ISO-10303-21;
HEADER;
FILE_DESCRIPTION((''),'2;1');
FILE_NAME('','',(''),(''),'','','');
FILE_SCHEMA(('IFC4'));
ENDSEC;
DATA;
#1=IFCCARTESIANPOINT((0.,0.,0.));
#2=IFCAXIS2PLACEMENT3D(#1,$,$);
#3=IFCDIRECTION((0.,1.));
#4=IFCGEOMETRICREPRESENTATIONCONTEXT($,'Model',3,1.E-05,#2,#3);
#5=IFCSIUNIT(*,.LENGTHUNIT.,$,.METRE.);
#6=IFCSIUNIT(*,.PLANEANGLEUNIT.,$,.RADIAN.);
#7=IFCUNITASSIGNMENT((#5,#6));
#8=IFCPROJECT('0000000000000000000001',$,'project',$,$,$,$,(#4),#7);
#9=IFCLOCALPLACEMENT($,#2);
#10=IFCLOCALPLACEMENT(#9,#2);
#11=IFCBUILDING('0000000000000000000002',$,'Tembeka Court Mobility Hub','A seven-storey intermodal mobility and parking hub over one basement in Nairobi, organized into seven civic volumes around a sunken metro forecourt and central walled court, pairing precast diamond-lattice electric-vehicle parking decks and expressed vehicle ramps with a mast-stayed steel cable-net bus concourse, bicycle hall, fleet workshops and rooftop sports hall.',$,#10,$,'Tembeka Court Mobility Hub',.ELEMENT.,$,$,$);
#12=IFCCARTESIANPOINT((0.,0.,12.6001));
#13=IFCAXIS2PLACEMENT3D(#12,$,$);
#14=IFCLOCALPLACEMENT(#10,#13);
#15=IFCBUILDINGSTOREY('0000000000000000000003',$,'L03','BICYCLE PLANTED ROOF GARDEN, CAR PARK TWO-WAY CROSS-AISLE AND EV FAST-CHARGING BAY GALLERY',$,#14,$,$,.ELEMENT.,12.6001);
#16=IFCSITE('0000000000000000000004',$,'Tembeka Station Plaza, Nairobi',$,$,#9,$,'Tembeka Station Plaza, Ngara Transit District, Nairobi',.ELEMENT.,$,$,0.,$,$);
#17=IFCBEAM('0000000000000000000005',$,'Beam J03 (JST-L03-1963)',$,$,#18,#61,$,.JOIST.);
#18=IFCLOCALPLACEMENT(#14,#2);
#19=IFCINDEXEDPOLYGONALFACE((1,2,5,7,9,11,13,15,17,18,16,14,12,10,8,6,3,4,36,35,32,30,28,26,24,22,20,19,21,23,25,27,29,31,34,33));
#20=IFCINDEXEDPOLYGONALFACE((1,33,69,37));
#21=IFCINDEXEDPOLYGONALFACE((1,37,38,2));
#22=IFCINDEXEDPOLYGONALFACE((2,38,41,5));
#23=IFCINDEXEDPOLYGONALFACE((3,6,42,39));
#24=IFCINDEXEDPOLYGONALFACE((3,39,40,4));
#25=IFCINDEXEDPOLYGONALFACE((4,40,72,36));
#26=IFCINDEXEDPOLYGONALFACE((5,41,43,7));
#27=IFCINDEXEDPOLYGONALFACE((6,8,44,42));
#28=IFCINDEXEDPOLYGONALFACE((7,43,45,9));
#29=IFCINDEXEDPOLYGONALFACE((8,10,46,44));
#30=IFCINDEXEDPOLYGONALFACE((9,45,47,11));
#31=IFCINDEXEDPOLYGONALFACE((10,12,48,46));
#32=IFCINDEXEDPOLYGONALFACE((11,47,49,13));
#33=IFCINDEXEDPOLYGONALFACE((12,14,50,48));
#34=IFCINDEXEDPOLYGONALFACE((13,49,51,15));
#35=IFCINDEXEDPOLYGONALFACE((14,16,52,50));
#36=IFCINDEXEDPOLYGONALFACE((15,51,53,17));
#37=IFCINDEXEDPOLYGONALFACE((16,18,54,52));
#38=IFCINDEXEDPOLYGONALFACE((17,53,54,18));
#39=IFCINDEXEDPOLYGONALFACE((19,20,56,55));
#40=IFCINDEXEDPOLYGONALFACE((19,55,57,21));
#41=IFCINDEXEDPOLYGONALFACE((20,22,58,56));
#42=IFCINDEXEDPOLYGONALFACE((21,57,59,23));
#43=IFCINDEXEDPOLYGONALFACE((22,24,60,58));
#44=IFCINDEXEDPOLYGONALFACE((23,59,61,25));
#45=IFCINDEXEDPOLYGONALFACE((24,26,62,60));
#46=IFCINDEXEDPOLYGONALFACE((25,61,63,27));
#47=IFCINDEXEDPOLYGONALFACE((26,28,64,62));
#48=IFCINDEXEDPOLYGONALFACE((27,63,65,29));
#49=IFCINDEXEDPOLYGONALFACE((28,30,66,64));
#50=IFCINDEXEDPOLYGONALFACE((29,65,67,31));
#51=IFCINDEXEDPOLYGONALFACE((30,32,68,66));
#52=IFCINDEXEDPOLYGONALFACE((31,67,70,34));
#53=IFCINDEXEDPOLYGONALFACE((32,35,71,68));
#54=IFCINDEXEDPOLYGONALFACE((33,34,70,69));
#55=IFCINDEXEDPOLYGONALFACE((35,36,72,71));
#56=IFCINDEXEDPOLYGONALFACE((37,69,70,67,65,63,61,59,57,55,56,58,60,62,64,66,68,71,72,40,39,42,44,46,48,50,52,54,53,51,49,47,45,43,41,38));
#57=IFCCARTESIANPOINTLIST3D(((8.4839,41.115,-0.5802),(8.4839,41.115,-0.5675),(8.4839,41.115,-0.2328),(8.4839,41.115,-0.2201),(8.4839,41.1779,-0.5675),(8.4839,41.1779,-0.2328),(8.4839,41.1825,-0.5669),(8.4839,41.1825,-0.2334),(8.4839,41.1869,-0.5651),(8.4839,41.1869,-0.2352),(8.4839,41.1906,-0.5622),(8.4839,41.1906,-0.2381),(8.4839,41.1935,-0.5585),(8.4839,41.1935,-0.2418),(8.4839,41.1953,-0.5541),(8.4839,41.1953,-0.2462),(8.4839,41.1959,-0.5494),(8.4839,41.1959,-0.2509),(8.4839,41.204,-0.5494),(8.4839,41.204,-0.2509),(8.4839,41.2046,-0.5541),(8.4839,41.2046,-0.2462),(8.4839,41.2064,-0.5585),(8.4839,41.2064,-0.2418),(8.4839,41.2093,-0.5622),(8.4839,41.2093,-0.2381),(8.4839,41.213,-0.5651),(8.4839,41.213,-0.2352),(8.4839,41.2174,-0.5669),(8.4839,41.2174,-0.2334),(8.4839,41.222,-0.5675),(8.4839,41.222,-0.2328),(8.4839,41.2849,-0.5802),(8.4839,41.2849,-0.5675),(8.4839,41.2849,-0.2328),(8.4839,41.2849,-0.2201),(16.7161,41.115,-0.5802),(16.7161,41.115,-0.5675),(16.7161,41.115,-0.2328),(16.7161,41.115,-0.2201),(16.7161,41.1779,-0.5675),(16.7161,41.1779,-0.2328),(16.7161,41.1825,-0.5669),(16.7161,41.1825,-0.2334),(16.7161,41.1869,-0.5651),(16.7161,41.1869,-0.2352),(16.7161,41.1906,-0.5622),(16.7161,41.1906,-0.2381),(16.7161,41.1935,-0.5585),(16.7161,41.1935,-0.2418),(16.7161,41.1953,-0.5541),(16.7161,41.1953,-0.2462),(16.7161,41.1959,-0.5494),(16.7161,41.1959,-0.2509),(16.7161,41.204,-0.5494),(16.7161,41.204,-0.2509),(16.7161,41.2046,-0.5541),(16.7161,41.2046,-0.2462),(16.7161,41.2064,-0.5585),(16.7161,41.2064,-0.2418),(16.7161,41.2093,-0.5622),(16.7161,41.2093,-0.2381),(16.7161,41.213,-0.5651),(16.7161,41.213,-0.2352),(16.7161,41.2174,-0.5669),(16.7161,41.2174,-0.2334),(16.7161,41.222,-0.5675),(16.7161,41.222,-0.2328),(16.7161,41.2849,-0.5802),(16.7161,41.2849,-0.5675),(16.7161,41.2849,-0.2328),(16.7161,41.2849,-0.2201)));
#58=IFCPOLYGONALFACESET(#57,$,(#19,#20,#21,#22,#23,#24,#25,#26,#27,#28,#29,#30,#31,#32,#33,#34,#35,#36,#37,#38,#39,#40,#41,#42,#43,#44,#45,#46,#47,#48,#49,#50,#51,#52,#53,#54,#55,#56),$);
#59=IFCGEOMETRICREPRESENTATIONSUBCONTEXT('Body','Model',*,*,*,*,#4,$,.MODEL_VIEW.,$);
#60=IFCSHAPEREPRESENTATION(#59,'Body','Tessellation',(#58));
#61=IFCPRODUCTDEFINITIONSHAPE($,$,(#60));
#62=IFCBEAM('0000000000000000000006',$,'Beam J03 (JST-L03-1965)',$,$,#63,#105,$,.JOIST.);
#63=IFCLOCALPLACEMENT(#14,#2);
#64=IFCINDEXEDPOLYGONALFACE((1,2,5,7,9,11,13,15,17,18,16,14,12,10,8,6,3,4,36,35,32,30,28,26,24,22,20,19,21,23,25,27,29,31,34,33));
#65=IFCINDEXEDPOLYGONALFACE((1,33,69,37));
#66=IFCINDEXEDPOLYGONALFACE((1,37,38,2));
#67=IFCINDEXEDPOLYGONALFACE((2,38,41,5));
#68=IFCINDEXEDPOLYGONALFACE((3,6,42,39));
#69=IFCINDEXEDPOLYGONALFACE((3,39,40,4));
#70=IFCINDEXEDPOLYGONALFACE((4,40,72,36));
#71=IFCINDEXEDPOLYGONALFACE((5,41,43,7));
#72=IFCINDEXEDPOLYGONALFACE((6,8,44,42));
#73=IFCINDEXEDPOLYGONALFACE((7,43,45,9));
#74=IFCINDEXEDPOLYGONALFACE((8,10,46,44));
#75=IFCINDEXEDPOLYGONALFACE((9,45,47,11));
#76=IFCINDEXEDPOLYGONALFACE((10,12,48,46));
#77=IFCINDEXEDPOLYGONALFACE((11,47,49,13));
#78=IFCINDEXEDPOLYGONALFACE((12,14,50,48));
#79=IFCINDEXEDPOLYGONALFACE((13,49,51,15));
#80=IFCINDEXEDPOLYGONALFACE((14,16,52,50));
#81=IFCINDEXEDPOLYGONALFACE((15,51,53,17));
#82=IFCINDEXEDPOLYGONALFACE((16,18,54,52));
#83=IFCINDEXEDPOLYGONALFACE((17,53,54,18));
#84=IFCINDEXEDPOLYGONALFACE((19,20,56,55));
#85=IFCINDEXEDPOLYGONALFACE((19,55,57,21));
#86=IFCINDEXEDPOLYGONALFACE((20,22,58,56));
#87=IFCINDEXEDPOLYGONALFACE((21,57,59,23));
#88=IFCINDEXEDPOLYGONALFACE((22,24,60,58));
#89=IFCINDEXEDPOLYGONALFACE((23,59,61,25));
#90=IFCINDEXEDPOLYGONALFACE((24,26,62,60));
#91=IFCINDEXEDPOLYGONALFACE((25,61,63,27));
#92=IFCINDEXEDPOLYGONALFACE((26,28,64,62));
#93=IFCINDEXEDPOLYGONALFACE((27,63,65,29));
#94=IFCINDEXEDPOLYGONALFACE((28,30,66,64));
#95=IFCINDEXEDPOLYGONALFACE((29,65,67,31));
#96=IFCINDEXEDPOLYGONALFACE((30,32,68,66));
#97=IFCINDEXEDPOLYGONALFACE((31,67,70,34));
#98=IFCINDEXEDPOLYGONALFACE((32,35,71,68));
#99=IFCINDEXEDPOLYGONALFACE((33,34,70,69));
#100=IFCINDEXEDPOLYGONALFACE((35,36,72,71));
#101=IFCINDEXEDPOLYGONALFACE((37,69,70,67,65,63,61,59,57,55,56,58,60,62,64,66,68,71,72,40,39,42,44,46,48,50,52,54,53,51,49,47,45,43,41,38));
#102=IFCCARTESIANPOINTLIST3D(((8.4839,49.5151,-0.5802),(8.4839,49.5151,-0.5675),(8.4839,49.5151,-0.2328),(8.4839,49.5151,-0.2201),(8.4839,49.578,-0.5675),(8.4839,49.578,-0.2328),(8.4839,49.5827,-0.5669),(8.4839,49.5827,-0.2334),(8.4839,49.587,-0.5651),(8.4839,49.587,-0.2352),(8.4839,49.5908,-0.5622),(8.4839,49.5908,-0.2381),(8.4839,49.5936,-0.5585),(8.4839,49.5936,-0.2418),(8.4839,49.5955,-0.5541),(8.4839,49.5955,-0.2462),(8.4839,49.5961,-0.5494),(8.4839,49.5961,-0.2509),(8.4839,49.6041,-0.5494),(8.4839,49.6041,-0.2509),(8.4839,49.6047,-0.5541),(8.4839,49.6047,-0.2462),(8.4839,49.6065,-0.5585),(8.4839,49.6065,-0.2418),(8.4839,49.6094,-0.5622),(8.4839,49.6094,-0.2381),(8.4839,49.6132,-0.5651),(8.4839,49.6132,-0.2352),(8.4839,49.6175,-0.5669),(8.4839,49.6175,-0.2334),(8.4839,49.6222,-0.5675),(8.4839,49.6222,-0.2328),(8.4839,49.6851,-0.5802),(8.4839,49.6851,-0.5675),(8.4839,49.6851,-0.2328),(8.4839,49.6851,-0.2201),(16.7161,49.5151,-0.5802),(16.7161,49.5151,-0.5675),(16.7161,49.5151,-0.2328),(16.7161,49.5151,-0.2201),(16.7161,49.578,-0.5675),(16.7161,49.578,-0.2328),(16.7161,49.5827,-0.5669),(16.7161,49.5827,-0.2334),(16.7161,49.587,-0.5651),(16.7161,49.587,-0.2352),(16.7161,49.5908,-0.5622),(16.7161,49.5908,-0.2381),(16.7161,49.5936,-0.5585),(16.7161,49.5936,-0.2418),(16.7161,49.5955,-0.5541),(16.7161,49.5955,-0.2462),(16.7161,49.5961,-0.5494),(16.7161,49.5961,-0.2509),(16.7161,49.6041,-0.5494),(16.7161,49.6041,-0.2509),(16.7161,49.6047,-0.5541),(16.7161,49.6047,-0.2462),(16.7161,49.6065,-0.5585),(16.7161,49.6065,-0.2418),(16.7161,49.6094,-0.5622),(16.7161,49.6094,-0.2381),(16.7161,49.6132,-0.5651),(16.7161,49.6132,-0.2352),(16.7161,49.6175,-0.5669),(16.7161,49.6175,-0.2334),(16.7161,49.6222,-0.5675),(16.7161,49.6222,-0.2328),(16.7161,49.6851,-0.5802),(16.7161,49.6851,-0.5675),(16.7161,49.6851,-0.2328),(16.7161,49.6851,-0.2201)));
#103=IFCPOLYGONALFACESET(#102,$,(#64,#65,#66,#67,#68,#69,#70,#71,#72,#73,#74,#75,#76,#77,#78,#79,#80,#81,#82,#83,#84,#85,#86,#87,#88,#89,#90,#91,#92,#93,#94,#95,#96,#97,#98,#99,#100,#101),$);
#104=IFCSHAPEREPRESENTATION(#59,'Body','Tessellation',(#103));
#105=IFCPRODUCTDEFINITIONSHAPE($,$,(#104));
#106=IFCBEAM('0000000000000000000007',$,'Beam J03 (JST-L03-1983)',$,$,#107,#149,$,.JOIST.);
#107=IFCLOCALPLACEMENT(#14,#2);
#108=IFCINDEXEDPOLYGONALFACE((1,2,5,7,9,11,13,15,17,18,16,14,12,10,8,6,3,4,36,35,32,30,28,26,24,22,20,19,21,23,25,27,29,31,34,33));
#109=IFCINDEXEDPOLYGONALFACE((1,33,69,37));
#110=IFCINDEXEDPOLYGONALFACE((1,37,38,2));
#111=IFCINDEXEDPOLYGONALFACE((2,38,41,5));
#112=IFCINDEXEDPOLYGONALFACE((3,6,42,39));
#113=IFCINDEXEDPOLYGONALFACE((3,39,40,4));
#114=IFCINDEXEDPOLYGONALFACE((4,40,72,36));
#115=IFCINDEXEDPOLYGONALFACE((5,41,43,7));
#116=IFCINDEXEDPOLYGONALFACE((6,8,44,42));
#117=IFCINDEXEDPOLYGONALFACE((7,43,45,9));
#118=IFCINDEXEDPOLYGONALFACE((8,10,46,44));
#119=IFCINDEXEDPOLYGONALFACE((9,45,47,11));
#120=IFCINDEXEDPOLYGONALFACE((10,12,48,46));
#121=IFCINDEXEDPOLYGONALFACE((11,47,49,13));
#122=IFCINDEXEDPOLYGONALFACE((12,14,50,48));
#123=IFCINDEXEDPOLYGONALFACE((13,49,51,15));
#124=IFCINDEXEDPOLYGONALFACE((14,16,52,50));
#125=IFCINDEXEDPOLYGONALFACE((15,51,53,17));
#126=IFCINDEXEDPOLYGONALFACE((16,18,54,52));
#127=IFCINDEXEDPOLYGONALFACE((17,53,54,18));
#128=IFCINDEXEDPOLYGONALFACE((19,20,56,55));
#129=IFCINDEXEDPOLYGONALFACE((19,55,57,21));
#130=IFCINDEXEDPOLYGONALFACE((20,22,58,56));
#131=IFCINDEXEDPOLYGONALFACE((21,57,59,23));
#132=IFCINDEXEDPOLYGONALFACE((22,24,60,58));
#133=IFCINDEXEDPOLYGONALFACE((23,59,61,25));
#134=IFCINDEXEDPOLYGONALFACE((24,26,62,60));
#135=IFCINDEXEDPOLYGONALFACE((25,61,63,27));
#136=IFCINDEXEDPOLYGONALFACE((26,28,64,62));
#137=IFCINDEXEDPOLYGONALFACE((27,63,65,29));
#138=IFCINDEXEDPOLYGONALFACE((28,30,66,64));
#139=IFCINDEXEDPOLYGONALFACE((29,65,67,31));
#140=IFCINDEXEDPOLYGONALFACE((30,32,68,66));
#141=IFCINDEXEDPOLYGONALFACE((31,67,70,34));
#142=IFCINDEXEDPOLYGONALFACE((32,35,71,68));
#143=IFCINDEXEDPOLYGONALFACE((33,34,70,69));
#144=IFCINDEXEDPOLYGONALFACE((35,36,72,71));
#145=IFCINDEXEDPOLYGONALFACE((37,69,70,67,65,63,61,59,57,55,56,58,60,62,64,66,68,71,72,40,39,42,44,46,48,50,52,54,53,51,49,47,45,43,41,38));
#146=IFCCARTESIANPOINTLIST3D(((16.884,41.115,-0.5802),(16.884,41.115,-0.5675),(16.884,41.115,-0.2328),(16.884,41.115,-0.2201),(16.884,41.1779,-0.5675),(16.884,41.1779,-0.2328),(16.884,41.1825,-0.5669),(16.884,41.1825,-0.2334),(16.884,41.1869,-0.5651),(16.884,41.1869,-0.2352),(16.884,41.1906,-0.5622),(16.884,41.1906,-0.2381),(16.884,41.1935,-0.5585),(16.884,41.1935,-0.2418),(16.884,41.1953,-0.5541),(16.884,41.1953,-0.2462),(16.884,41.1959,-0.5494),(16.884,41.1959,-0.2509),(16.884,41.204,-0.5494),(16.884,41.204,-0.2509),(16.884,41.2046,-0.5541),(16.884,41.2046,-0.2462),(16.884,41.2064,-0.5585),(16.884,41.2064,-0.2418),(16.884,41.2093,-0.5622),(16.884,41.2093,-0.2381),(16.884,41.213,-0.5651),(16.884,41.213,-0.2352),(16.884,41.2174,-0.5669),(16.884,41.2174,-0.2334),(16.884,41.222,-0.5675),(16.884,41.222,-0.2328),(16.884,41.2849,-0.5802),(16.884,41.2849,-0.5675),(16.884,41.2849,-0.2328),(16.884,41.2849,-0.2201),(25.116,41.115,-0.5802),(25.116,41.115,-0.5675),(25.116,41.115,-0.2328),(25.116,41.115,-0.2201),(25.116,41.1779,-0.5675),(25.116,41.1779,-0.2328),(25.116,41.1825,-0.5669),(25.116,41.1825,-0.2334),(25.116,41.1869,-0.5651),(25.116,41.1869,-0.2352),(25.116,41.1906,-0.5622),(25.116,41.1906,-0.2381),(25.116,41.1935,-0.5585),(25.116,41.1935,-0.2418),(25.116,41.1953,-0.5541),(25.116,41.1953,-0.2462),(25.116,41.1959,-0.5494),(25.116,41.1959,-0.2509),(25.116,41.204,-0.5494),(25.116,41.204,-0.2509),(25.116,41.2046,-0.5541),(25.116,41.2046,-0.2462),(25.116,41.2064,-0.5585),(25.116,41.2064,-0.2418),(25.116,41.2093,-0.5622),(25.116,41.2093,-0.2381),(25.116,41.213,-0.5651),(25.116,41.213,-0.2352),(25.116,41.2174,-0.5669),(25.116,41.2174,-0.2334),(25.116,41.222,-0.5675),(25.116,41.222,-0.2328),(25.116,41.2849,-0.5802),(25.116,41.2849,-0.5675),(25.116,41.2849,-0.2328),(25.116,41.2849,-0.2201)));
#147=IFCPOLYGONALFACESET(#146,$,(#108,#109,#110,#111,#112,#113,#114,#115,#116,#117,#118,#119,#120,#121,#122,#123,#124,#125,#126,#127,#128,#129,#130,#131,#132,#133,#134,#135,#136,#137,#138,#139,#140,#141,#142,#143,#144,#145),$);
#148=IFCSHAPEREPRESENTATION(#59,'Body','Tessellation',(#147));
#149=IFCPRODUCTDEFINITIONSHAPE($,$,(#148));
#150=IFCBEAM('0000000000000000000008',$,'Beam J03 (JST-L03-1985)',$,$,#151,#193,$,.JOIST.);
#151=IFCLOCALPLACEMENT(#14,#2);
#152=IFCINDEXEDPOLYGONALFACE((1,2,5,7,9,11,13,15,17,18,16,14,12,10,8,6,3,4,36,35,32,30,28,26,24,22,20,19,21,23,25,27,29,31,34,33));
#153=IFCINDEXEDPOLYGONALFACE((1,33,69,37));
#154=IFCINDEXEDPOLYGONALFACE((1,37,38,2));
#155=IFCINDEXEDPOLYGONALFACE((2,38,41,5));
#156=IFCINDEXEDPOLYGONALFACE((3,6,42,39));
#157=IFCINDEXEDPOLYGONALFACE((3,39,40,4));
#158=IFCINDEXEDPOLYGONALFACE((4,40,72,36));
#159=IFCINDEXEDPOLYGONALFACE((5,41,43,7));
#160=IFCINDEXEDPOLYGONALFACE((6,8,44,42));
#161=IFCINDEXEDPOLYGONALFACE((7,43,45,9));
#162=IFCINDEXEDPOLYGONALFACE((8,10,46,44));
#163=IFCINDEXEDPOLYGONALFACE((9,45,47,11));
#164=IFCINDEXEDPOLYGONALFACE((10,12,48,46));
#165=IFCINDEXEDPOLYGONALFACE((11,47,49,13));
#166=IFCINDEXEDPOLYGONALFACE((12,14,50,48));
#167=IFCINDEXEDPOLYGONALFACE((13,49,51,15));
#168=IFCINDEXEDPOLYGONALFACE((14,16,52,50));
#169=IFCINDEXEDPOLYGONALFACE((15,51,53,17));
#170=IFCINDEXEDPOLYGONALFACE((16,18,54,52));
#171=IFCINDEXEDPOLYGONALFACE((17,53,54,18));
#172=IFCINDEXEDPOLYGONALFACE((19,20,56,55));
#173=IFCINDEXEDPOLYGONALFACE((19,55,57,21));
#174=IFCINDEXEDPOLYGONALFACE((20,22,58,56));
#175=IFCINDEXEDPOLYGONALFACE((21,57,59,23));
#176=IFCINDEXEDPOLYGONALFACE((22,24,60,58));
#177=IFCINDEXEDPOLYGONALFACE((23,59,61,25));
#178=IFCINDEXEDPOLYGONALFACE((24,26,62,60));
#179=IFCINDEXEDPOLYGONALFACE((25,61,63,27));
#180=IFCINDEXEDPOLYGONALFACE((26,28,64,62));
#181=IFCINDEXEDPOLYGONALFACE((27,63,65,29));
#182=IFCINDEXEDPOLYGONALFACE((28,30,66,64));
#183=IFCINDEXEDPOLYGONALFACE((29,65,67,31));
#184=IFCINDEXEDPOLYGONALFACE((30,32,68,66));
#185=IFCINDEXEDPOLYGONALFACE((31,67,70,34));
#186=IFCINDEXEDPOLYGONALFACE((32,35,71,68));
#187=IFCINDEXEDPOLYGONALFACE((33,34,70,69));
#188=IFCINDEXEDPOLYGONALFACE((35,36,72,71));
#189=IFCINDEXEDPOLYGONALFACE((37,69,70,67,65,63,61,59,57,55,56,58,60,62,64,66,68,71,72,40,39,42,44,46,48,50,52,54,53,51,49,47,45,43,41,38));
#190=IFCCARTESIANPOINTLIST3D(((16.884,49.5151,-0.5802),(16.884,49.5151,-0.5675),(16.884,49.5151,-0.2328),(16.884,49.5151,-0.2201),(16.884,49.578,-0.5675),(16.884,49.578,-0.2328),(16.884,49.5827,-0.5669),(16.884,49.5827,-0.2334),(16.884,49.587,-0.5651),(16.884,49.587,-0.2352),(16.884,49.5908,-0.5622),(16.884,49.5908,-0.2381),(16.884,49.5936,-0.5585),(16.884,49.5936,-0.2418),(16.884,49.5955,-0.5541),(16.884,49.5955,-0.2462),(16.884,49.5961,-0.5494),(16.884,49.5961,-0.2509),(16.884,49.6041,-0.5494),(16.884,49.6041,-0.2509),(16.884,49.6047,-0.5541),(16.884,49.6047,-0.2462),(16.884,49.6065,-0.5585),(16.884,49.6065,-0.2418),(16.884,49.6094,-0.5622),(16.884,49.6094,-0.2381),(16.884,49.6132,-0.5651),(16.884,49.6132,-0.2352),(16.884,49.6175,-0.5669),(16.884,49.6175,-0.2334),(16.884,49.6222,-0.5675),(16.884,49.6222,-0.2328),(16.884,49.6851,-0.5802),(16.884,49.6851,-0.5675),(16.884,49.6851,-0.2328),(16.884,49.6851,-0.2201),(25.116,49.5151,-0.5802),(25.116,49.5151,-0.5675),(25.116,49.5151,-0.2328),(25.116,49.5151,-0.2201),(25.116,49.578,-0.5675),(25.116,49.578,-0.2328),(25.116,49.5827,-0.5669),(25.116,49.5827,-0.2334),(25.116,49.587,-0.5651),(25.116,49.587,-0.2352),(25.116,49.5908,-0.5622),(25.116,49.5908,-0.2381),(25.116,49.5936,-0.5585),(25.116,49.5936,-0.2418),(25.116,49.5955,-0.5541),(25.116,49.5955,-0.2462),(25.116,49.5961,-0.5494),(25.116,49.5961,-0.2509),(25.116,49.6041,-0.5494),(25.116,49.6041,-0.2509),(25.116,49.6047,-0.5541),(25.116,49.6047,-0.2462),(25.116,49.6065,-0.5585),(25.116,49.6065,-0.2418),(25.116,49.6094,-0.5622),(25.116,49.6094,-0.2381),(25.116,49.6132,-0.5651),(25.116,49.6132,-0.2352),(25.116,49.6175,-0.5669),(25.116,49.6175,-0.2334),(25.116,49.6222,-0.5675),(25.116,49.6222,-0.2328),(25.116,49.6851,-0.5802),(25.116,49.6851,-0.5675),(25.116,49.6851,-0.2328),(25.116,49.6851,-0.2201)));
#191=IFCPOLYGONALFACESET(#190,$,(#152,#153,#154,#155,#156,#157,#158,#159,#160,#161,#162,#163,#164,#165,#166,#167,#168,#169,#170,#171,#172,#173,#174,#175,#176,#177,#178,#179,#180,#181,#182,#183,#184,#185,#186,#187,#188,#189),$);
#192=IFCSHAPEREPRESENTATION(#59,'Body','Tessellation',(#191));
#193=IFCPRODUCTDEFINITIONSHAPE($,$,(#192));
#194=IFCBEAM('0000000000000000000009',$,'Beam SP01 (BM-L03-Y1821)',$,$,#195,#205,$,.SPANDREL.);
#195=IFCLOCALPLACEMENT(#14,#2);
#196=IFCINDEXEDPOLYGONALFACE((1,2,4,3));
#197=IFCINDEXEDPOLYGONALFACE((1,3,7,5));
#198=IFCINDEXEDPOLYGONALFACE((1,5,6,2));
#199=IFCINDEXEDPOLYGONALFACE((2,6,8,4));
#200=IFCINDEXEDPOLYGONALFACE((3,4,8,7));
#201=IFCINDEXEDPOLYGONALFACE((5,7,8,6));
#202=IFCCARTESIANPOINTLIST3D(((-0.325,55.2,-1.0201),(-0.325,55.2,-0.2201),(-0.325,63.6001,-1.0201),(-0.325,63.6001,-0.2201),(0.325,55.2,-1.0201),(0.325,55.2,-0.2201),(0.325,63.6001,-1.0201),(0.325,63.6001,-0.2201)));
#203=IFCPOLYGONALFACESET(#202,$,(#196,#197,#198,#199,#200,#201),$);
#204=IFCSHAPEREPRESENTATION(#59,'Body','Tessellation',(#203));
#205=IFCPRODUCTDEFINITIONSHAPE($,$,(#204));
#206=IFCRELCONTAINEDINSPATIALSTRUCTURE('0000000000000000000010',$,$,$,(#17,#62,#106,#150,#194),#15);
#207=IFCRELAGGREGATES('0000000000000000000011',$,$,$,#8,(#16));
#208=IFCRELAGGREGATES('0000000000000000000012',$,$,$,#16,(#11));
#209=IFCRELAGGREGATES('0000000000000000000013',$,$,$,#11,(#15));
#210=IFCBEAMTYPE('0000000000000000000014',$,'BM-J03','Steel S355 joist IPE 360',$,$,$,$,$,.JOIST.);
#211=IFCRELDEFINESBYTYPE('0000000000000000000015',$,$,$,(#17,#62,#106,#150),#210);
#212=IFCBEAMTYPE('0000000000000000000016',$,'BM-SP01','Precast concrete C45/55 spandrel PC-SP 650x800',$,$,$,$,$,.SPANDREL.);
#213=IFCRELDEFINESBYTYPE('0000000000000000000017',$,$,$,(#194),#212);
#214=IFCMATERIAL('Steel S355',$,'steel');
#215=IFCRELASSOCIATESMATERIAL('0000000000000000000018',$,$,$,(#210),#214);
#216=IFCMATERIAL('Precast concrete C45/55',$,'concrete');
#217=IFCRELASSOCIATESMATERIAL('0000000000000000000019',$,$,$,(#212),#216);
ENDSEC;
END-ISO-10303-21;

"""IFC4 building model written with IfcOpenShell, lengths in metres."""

from ifc_helpers import new_model, si_unit, direction, frame, origin, origin_2d, place, context, subcontext, project, spatial, rectangle, i_section, extrude, material, material_profile, profile_set, type_object, element, save


model = new_model("IFC4")

# Units and contexts
model_context = context("Model", 3, precision=1e-05, world=origin(), true_north=direction((0.0, 1.0)))
body_context = subcontext(model_context, "Body", "Model", "MODEL_VIEW")
ifc_project = project(units=[si_unit("LENGTHUNIT", "METRE"), si_unit("PLANEANGLEUNIT", "RADIAN")], contexts=[model_context])

# Site, building, storey
site_placement = place(None, origin())
site = spatial("IfcSite", under=ifc_project, at=site_placement, Name="Tembeka Station Plaza, Nairobi", LongName="Tembeka Station Plaza, Ngara Transit District, Nairobi", CompositionType="ELEMENT", RefElevation=0.0)
building_placement = place(site_placement, origin())
building = spatial("IfcBuilding", under=site, at=building_placement, Name="Tembeka Court Mobility Hub", Description="A seven-storey intermodal mobility and parking hub over one basement in Nairobi, organized into seven civic volumes around a sunken metro forecourt and central walled court, pairing precast diamond-lattice electric-vehicle parking decks and expressed vehicle ramps with a mast-stayed steel cable-net bus concourse, bicycle hall, fleet workshops and rooftop sports hall.", LongName="Tembeka Court Mobility Hub", CompositionType="ELEMENT")
storey_placement = place(building_placement, frame((0.0, 0.0, 12.6001)))
storey = spatial("IfcBuildingStorey", under=building, at=storey_placement, Name="L03", Description="BICYCLE PLANTED ROOF GARDEN, CAR PARK TWO-WAY CROSS-AISLE AND EV FAST-CHARGING BAY GALLERY", CompositionType="ELEMENT", Elevation=12.6001)

# Shared definitions
ifc_material_1 = material(Name="Steel S355", Category="steel")

# Beams
ifc_material_profile_1 = material_profile(ifc_material_1, i_section(OverallWidth=0.1699, OverallDepth=0.3601, WebThickness=0.0081, FlangeThickness=0.0127, FilletRadius=0.0181, at=origin_2d()), Name="IPE 360")
ifc_profile_set_1 = profile_set([ifc_material_profile_1], Name="Steel S355")
beam_type_1 = type_object("IfcBeamType", Name="BM-J03", Description="Steel S355 joist IPE 360", PredefinedType="JOIST", material=ifc_profile_set_1)
for number, where, z_axis, x_axis, name in (
    (1, (8.4839, 41.2, -0.4001), (1.0, 0.0, 0.0), (0.0, 1.0, 0.0), "Beam J03 (JST-L03-1963)"),
    (2, (8.4839, 49.6001, -0.4001), (1.0, 0.0, 0.0), (0.0, 1.0, 0.0), "Beam J03 (JST-L03-1965)"),
):
    element("IfcBeam", number, at=place(storey_placement, frame(where, z_axis=z_axis, x_axis=x_axis)), inside=storey, type_object=beam_type_1, Name=name, PredefinedType="JOIST", context=body_context, shape_type="SweptSolid", body=[
        extrude(i_section(OverallWidth=0.1699, OverallDepth=0.3601, WebThickness=0.0081, FlangeThickness=0.0127, FilletRadius=0.0181, at=origin_2d()), origin(), (0.0, 0.0, 1.0), 8.2322),
    ])
for number, where, z_axis, x_axis, name in (
    (3, (16.884, 41.2, -0.4001), (1.0, 0.0, 0.0), (0.0, 1.0, 0.0), "Beam J03 (JST-L03-1983)"),
    (4, (16.884, 49.6001, -0.4001), (1.0, 0.0, 0.0), (0.0, 1.0, 0.0), "Beam J03 (JST-L03-1985)"),
):
    element("IfcBeam", number, at=place(storey_placement, frame(where, z_axis=z_axis, x_axis=x_axis)), inside=storey, type_object=beam_type_1, Name=name, PredefinedType="JOIST", context=body_context, shape_type="SweptSolid", body=[
        extrude(i_section(OverallWidth=0.1699, OverallDepth=0.3601, WebThickness=0.0081, FlangeThickness=0.0127, FilletRadius=0.0181, at=origin_2d()), origin(), (0.0, 0.0, 1.0), 8.2319),
    ])
ifc_material_2 = material(Name="Precast concrete C45/55", Category="concrete")
ifc_material_profile_2 = material_profile(ifc_material_2, rectangle(XDim=0.6499, YDim=0.8, at=origin_2d()), Name="PC-SP 650x800")
ifc_profile_set_2 = profile_set([ifc_material_profile_2], Name="Precast concrete C45/55")
beam_type_2 = type_object("IfcBeamType", Name="BM-SP01", Description="Precast concrete C45/55 spandrel PC-SP 650x800", PredefinedType="SPANDREL", material=ifc_profile_set_2)
beam_1_placement = place(storey_placement, frame((0.0, 55.2, -0.6201), z_axis=(0.0, 1.0, 0.0), x_axis=(-1.0, 0.0, 0.0)))
element("IfcBeam", 5, at=beam_1_placement, inside=storey, type_object=beam_type_2, Name="Beam SP01 (BM-L03-Y1821)", PredefinedType="SPANDREL", context=body_context, shape_type="SweptSolid", body=[
    extrude(rectangle(XDim=0.6499, YDim=0.8, at=origin_2d()), origin(), (0.0, 0.0, 1.0), 8.4001),
])

save(model, "model.ifc")
